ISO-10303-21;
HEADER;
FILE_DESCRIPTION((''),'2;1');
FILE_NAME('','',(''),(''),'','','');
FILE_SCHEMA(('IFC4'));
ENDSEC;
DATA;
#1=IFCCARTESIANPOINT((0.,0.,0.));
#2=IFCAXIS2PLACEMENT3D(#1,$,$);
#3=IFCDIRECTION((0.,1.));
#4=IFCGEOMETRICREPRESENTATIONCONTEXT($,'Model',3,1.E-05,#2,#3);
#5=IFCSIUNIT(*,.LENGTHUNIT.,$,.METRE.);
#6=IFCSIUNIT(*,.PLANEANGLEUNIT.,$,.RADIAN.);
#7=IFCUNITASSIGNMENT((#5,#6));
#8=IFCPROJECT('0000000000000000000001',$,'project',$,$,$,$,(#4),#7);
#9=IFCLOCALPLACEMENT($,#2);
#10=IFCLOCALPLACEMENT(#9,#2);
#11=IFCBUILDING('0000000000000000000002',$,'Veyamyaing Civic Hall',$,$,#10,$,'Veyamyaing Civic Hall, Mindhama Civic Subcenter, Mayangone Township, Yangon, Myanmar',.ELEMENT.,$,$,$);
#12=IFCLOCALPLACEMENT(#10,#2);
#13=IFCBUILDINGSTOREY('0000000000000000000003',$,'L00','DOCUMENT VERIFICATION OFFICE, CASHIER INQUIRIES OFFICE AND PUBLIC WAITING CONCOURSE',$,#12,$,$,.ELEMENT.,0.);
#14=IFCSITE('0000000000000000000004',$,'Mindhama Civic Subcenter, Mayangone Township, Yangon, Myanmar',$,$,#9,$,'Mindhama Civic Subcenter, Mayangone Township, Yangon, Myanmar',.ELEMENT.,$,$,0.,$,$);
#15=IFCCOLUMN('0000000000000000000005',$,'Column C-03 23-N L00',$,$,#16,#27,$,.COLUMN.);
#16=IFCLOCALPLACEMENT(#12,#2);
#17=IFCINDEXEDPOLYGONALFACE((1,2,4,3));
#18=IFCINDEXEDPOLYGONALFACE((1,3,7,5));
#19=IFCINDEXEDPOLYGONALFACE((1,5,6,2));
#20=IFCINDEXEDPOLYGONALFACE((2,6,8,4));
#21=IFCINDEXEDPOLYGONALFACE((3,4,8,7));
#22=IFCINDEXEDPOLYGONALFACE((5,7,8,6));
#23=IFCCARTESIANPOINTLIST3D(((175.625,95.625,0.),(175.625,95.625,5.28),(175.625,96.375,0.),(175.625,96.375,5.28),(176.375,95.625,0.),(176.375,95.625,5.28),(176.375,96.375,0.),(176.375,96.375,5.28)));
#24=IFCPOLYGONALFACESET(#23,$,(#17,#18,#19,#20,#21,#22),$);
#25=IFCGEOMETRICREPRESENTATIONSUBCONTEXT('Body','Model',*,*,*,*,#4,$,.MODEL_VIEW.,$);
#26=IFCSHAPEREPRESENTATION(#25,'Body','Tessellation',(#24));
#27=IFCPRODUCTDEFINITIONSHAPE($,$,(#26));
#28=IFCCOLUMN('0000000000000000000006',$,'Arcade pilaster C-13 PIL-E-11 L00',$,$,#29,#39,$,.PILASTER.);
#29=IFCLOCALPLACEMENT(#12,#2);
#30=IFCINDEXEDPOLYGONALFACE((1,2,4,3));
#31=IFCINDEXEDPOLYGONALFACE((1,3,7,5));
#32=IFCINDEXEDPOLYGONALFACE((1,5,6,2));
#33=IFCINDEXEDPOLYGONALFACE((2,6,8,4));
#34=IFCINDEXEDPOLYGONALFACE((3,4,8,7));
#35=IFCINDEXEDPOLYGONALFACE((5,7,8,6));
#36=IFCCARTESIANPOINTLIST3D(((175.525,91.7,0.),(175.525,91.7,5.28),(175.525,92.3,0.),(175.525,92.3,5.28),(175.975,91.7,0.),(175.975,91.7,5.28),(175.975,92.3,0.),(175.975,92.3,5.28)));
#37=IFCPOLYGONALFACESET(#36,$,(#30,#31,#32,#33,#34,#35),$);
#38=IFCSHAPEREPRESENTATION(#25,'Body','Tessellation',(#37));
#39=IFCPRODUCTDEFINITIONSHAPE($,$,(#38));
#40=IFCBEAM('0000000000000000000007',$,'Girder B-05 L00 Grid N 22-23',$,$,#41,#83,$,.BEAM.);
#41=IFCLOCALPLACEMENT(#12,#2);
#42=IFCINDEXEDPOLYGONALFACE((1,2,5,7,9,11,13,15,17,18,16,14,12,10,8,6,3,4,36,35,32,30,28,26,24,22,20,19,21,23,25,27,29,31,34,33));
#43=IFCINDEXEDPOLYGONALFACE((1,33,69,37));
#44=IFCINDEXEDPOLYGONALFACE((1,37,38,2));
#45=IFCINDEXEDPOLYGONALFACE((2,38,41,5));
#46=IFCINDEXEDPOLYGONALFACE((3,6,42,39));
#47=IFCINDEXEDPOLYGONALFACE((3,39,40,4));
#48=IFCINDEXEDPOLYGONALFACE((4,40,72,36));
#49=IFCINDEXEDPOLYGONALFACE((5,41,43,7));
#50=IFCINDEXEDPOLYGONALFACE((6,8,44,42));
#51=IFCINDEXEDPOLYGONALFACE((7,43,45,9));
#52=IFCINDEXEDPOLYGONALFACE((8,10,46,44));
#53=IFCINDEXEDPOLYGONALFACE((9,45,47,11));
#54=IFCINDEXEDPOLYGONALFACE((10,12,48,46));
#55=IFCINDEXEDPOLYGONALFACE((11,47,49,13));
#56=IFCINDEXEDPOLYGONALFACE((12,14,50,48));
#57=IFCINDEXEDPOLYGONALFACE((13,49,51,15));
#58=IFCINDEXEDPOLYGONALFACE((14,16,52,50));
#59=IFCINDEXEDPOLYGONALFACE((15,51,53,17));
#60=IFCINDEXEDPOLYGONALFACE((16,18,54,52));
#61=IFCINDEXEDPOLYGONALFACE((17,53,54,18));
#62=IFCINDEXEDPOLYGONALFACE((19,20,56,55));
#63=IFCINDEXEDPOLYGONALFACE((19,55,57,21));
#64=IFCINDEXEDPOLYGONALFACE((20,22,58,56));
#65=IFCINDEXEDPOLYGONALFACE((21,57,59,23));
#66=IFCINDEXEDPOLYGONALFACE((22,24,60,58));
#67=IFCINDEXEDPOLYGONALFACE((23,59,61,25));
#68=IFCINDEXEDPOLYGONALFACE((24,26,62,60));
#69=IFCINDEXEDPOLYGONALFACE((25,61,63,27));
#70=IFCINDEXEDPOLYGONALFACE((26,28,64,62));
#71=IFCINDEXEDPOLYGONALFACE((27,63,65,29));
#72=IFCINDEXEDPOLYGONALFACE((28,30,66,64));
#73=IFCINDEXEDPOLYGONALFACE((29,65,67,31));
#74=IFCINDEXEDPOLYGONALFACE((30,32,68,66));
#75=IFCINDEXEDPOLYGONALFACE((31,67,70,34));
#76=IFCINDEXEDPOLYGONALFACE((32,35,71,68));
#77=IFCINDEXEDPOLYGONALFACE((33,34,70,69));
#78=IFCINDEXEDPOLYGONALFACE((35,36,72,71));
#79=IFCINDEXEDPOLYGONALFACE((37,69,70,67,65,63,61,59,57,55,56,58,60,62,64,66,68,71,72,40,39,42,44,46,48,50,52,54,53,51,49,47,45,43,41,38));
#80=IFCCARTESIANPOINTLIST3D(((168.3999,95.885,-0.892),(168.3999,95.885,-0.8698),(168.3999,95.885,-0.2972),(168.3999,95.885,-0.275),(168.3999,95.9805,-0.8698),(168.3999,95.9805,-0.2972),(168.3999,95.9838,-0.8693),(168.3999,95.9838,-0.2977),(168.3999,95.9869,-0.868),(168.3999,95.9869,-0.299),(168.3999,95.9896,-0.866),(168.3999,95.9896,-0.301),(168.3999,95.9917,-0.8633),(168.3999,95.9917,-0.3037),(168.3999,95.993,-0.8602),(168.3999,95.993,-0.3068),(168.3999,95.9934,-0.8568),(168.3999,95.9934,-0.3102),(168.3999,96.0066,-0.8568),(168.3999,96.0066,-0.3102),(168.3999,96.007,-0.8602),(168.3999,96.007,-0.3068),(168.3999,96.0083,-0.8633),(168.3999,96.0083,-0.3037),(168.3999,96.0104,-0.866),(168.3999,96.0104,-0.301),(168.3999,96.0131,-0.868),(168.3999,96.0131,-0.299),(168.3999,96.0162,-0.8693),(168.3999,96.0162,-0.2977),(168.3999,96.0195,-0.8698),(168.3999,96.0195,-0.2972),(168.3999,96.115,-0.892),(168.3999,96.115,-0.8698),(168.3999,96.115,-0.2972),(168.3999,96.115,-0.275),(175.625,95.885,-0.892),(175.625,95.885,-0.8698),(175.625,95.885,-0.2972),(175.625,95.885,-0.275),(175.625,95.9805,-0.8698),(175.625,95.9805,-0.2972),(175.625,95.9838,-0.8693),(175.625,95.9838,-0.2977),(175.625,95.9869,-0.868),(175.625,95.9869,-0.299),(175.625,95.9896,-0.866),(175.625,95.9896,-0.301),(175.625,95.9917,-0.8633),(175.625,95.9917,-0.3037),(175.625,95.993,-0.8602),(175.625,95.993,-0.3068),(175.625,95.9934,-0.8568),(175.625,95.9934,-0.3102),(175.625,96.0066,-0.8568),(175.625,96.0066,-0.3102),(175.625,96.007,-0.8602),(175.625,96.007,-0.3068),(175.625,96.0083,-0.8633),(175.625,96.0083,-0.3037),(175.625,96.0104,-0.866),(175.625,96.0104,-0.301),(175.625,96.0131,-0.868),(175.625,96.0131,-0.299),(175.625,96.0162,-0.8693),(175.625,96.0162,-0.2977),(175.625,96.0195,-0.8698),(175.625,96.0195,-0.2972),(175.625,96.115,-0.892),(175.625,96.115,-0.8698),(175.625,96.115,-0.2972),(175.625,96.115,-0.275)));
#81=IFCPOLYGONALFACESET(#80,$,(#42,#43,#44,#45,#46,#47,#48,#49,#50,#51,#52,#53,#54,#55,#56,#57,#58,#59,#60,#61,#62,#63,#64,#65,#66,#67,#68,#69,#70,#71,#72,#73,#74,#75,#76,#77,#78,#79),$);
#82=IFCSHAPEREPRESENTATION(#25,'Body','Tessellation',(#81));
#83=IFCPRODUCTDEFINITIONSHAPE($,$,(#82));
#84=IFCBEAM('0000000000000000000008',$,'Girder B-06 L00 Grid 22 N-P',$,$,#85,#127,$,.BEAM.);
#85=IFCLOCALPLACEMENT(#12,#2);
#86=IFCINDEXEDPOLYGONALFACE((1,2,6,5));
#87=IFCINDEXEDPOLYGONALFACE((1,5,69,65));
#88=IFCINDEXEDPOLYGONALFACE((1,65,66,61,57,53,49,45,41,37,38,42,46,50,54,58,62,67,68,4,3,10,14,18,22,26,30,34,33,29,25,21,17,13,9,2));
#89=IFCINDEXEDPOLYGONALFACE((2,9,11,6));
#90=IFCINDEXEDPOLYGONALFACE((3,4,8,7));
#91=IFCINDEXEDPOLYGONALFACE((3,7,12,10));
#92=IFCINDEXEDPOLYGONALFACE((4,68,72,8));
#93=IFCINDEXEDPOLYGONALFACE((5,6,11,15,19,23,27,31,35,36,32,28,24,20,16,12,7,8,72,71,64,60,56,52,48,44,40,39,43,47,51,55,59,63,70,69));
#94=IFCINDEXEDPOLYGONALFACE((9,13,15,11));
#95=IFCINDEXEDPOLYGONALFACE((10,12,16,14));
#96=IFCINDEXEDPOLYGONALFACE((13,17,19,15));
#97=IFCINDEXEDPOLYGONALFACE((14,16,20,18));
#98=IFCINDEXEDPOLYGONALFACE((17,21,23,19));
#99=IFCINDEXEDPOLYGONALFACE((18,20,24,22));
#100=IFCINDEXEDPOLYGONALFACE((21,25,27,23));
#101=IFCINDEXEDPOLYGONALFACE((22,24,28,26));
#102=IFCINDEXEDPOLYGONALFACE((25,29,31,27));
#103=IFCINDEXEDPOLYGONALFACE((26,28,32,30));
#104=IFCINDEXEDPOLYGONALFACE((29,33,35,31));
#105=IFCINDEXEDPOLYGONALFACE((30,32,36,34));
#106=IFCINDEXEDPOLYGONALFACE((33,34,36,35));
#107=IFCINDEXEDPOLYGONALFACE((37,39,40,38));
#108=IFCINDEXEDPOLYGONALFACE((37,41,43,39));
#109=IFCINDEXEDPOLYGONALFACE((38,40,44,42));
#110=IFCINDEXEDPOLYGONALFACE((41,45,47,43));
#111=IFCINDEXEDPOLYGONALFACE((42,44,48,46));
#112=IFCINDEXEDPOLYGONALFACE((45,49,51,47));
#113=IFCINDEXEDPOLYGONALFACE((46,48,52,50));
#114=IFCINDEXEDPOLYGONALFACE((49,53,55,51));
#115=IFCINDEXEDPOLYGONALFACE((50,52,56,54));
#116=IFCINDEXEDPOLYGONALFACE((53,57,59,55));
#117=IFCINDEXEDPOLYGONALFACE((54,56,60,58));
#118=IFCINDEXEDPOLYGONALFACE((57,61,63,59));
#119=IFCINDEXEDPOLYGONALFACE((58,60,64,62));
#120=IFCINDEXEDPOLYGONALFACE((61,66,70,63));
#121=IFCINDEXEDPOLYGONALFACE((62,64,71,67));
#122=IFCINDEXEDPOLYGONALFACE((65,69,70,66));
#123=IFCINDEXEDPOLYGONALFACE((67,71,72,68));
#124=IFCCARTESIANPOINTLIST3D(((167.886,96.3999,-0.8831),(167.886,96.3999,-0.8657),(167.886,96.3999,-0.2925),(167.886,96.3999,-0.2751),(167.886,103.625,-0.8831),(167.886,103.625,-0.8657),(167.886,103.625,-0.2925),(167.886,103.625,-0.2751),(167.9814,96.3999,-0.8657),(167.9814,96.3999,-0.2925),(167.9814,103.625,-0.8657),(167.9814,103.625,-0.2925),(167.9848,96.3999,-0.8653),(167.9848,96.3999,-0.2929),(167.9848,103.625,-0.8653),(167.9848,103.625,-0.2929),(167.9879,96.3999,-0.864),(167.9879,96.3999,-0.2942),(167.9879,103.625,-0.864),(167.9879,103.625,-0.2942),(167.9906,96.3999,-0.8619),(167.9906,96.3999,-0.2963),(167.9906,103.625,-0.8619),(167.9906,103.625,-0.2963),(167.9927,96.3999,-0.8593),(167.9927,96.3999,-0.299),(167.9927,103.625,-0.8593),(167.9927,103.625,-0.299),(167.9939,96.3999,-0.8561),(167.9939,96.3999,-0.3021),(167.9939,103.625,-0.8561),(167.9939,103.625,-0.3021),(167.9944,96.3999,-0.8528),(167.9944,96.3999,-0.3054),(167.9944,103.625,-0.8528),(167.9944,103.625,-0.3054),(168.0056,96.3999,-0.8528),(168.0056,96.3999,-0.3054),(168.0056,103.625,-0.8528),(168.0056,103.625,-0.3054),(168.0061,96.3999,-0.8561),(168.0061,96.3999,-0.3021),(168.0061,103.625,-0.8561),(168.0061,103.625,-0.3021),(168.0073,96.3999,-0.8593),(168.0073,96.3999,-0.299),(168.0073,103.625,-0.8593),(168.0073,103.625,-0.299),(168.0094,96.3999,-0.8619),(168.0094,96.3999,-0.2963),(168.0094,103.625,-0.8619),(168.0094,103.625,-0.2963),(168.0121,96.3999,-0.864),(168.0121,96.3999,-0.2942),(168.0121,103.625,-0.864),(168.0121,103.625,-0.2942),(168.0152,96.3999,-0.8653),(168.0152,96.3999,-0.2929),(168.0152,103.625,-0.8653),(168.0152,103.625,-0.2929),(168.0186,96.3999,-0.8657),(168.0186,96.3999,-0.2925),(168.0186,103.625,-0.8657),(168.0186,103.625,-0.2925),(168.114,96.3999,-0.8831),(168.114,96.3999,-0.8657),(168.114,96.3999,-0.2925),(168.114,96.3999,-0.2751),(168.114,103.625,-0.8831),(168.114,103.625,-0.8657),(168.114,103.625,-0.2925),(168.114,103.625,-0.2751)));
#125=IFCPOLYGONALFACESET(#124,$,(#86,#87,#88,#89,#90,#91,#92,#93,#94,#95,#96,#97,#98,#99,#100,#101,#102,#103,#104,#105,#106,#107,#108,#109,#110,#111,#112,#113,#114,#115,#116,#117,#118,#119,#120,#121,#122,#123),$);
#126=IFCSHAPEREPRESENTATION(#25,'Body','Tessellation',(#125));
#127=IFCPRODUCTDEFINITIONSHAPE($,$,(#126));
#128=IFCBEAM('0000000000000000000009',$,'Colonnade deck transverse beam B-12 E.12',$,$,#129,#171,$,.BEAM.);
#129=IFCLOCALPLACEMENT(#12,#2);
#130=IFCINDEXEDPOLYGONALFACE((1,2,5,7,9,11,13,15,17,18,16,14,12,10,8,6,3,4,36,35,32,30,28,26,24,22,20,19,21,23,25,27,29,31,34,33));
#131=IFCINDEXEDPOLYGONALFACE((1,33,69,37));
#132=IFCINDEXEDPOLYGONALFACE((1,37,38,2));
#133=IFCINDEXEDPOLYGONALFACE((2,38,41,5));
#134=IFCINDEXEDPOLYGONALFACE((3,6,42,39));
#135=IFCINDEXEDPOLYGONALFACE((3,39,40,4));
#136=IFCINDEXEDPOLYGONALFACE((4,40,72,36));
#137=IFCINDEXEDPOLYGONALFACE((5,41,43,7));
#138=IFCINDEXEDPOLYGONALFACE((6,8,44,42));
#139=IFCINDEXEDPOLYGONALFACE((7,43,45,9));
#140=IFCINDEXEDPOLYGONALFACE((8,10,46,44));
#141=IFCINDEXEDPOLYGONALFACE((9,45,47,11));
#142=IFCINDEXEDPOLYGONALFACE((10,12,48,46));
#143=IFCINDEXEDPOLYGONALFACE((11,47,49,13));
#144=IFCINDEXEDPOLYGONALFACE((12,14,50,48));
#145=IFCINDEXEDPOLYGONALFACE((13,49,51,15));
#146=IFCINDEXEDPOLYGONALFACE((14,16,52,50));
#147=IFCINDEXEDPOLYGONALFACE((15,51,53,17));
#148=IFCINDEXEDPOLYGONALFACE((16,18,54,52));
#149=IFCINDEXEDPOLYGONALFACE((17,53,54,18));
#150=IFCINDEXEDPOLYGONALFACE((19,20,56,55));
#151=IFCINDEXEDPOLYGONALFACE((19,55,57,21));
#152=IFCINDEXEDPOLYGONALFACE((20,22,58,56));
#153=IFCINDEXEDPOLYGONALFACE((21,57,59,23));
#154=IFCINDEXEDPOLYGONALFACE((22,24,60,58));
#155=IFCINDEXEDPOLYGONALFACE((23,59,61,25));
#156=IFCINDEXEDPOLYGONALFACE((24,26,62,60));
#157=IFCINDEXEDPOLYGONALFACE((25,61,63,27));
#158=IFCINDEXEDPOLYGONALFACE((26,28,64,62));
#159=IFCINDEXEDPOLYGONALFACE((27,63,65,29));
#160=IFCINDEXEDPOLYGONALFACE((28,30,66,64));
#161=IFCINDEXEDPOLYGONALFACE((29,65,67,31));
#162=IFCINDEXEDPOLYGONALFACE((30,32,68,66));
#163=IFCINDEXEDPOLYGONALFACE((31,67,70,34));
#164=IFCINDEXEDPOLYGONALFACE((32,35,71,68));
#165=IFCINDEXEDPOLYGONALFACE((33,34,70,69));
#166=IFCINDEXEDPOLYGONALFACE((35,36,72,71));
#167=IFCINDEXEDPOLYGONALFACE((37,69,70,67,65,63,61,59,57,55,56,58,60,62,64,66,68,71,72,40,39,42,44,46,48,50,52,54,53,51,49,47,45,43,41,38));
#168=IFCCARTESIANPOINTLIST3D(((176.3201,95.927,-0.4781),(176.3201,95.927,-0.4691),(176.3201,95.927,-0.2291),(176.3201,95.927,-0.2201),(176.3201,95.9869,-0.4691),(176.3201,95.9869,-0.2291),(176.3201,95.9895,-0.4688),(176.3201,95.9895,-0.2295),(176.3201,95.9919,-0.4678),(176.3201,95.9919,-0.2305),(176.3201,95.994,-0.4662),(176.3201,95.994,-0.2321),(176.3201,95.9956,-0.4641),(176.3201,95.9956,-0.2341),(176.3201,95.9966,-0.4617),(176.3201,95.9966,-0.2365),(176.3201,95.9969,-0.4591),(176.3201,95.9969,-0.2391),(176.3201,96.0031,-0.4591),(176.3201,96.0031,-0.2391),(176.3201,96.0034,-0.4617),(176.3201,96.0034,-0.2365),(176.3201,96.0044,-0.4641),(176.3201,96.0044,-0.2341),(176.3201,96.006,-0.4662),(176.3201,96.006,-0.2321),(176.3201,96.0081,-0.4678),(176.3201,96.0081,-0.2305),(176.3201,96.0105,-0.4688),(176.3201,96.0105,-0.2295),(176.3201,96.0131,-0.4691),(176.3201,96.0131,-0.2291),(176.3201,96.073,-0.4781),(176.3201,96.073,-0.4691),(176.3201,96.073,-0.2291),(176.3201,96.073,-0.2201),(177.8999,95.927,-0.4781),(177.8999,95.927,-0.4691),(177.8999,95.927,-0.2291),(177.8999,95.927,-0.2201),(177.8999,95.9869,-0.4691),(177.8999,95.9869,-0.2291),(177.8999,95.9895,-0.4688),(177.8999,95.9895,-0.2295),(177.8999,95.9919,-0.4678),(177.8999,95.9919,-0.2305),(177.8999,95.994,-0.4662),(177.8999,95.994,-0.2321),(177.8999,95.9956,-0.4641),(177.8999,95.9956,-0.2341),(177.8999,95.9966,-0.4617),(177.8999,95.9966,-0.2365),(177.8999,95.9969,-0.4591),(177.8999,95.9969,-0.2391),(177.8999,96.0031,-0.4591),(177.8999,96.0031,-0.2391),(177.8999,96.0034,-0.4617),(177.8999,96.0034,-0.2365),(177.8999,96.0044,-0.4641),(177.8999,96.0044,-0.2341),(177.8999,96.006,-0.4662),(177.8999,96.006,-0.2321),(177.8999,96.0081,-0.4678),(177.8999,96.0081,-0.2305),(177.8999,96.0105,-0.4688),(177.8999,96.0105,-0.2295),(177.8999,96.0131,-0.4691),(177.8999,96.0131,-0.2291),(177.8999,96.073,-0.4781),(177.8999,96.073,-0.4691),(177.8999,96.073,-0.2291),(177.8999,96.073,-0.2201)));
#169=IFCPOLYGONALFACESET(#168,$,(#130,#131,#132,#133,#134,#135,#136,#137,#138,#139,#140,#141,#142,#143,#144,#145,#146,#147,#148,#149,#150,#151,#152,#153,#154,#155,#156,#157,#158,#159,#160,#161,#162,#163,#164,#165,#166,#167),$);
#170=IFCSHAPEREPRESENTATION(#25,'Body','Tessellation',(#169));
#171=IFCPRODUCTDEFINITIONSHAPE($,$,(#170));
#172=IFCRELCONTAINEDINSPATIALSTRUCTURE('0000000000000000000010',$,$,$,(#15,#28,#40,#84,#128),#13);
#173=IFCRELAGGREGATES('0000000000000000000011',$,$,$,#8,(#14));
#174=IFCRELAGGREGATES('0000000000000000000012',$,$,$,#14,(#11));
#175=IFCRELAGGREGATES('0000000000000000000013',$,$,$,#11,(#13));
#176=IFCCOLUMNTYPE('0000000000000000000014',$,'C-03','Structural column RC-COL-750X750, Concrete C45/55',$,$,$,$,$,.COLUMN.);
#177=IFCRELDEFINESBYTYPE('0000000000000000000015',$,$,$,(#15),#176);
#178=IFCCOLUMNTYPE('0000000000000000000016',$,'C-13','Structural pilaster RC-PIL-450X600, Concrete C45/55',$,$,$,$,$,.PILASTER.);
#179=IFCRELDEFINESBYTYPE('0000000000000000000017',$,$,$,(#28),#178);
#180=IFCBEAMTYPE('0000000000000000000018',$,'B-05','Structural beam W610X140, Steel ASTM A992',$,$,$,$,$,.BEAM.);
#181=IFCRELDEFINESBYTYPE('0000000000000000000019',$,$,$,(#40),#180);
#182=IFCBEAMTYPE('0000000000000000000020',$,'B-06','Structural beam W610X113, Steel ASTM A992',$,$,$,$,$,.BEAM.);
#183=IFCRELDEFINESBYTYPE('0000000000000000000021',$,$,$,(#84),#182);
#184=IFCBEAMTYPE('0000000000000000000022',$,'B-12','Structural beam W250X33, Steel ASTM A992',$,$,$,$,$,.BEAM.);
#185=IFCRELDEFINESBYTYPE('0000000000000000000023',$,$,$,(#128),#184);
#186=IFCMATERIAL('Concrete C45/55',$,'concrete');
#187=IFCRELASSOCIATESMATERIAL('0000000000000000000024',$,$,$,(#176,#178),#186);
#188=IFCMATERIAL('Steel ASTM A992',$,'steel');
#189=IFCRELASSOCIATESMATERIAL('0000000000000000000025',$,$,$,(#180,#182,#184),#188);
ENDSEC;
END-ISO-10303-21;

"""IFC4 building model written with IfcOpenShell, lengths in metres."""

from ifc_helpers import new_model, si_unit, direction, frame, origin, origin_2d, place, context, subcontext, project, spatial, rectangle, i_section, extrude, material, material_profile, profile_set, type_object, element, save


model = new_model("IFC4")

# Units and contexts
model_context = context("Model", 3, precision=1e-05, world=origin(), true_north=direction((0.0, 1.0)))
body_context = subcontext(model_context, "Body", "Model", "MODEL_VIEW")
ifc_project = project(units=[si_unit("LENGTHUNIT", "METRE"), si_unit("PLANEANGLEUNIT", "RADIAN")], contexts=[model_context])

# Site, building, storey
site_placement = place(None, origin())
site = spatial("IfcSite", under=ifc_project, at=site_placement, Name="Mindhama Civic Subcenter, Mayangone Township, Yangon, Myanmar", LongName="Mindhama Civic Subcenter, Mayangone Township, Yangon, Myanmar", CompositionType="ELEMENT", RefElevation=0.0)
building_placement = place(site_placement, origin())
building = spatial("IfcBuilding", under=site, at=building_placement, Name="Veyamyaing Civic Hall", LongName="Veyamyaing Civic Hall, Mindhama Civic Subcenter, Mayangone Township, Yangon, Myanmar", CompositionType="ELEMENT")
storey_placement = place(building_placement, origin())
storey = spatial("IfcBuildingStorey", under=building, at=storey_placement, Name="L00", Description="DOCUMENT VERIFICATION OFFICE, CASHIER INQUIRIES OFFICE AND PUBLIC WAITING CONCOURSE", CompositionType="ELEMENT", Elevation=0.0)

# Columns
ifc_material_1 = material(Name="Concrete C45/55", Category="concrete")
ifc_material_profile_1 = material_profile(ifc_material_1, rectangle(XDim=0.75, YDim=0.75, at=origin_2d()), Name="RC-COL-750X750")
ifc_profile_set_1 = profile_set([ifc_material_profile_1], Name="Concrete C45/55")
column_type_1 = type_object("IfcColumnType", Name="C-03", Description="Structural column RC-COL-750X750, Concrete C45/55", PredefinedType="COLUMN", material=ifc_profile_set_1)
column_1_placement = place(storey_placement, frame((176.0, 96.0, 0.0), z_axis=(0.0, 0.0, 1.0), x_axis=(1.0, 0.0, 0.0)))
element("IfcColumn", 1, at=column_1_placement, inside=storey, type_object=column_type_1, Name="Column C-03 23-N L00", PredefinedType="COLUMN", context=body_context, shape_type="SweptSolid", body=[
    extrude(rectangle(XDim=0.75, YDim=0.75, at=origin_2d()), origin(), (0.0, 0.0, 1.0), 5.28),
])
ifc_material_profile_2 = material_profile(ifc_material_1, rectangle(XDim=0.45, YDim=0.6001, at=origin_2d()), Name="RC-PIL-450X600")
ifc_profile_set_2 = profile_set([ifc_material_profile_2], Name="Concrete C45/55")
column_type_2 = type_object("IfcColumnType", Name="C-13", Description="Structural pilaster RC-PIL-450X600, Concrete C45/55", PredefinedType="PILASTER", material=ifc_profile_set_2)
column_2_placement = place(storey_placement, frame((175.75, 92.0, 0.0), z_axis=(0.0, 0.0, 1.0), x_axis=(1.0, 0.0, 0.0)))
element("IfcColumn", 2, at=column_2_placement, inside=storey, type_object=column_type_2, Name="Arcade pilaster C-13 PIL-E-11 L00", PredefinedType="PILASTER", context=body_context, shape_type="SweptSolid", body=[
    extrude(rectangle(XDim=0.45, YDim=0.6001, at=origin_2d()), origin(), (0.0, 0.0, 1.0), 5.28),
])

# Beams
ifc_material_2 = material(Name="Steel ASTM A992", Category="steel")
ifc_material_profile_3 = material_profile(ifc_material_2, i_section(OverallWidth=0.23, OverallDepth=0.6169, WebThickness=0.0132, FlangeThickness=0.0222, FilletRadius=0.0129, at=origin_2d()), Name="W610X140")
ifc_profile_set_3 = profile_set([ifc_material_profile_3], Name="Steel ASTM A992")
beam_type_1 = type_object("IfcBeamType", Name="B-05", Description="Structural beam W610X140, Steel ASTM A992", PredefinedType="BEAM", material=ifc_profile_set_3)
beam_1_placement = place(storey_placement, frame((168.3999, 96.0, -0.5835), z_axis=(1.0, 0.0, 0.0), x_axis=(0.0, 1.0, 0.0)))
element("IfcBeam", 3, at=beam_1_placement, inside=storey, type_object=beam_type_1, Name="Girder B-05 L00 Grid N 22-23", PredefinedType="BEAM", context=body_context, shape_type="SweptSolid", body=[
    extrude(i_section(OverallWidth=0.23, OverallDepth=0.6169, WebThickness=0.0132, FlangeThickness=0.0222, FilletRadius=0.0129, at=origin_2d()), origin(), (0.0, 0.0, 1.0), 7.2251),
])
ifc_material_profile_4 = material_profile(ifc_material_2, i_section(OverallWidth=0.228, OverallDepth=0.6079, WebThickness=0.0112, FlangeThickness=0.0173, FilletRadius=0.0129, at=origin_2d()), Name="W610X113")
ifc_profile_set_4 = profile_set([ifc_material_profile_4], Name="Steel ASTM A992")
beam_type_2 = type_object("IfcBeamType", Name="B-06", Description="Structural beam W610X113, Steel ASTM A992", PredefinedType="BEAM", material=ifc_profile_set_4)
beam_2_placement = place(storey_placement, frame((168.0, 96.3999, -0.5791), z_axis=(0.0, 1.0, 0.0), x_axis=(-1.0, 0.0, 0.0)))
element("IfcBeam", 4, at=beam_2_placement, inside=storey, type_object=beam_type_2, Name="Girder B-06 L00 Grid 22 N-P", PredefinedType="BEAM", context=body_context, shape_type="SweptSolid", body=[
    extrude(i_section(OverallWidth=0.228, OverallDepth=0.6079, WebThickness=0.0112, FlangeThickness=0.0173, FilletRadius=0.0129, at=origin_2d()), origin(), (0.0, 0.0, 1.0), 7.2251),
])
ifc_material_profile_5 = material_profile(ifc_material_2, i_section(OverallWidth=0.146, OverallDepth=0.2581, WebThickness=0.0061, FlangeThickness=0.009, FilletRadius=0.01, at=origin_2d()), Name="W250X33")
ifc_profile_set_5 = profile_set([ifc_material_profile_5], Name="Steel ASTM A992")
beam_type_3 = type_object("IfcBeamType", Name="B-12", Description="Structural beam W250X33, Steel ASTM A992", PredefinedType="BEAM", material=ifc_profile_set_5)
beam_3_placement = place(storey_placement, frame((176.3201, 96.0, -0.3491), z_axis=(1.0, 0.0, 0.0), x_axis=(0.0, 1.0, 0.0)))
element("IfcBeam", 5, at=beam_3_placement, inside=storey, type_object=beam_type_3, Name="Colonnade deck transverse beam B-12 E.12", PredefinedType="BEAM", context=body_context, shape_type="SweptSolid", body=[
    extrude(i_section(OverallWidth=0.146, OverallDepth=0.2581, WebThickness=0.0061, FlangeThickness=0.009, FilletRadius=0.01, at=origin_2d()), origin(), (0.0, 0.0, 1.0), 1.5798),
])

save(model, "model.ifc")
